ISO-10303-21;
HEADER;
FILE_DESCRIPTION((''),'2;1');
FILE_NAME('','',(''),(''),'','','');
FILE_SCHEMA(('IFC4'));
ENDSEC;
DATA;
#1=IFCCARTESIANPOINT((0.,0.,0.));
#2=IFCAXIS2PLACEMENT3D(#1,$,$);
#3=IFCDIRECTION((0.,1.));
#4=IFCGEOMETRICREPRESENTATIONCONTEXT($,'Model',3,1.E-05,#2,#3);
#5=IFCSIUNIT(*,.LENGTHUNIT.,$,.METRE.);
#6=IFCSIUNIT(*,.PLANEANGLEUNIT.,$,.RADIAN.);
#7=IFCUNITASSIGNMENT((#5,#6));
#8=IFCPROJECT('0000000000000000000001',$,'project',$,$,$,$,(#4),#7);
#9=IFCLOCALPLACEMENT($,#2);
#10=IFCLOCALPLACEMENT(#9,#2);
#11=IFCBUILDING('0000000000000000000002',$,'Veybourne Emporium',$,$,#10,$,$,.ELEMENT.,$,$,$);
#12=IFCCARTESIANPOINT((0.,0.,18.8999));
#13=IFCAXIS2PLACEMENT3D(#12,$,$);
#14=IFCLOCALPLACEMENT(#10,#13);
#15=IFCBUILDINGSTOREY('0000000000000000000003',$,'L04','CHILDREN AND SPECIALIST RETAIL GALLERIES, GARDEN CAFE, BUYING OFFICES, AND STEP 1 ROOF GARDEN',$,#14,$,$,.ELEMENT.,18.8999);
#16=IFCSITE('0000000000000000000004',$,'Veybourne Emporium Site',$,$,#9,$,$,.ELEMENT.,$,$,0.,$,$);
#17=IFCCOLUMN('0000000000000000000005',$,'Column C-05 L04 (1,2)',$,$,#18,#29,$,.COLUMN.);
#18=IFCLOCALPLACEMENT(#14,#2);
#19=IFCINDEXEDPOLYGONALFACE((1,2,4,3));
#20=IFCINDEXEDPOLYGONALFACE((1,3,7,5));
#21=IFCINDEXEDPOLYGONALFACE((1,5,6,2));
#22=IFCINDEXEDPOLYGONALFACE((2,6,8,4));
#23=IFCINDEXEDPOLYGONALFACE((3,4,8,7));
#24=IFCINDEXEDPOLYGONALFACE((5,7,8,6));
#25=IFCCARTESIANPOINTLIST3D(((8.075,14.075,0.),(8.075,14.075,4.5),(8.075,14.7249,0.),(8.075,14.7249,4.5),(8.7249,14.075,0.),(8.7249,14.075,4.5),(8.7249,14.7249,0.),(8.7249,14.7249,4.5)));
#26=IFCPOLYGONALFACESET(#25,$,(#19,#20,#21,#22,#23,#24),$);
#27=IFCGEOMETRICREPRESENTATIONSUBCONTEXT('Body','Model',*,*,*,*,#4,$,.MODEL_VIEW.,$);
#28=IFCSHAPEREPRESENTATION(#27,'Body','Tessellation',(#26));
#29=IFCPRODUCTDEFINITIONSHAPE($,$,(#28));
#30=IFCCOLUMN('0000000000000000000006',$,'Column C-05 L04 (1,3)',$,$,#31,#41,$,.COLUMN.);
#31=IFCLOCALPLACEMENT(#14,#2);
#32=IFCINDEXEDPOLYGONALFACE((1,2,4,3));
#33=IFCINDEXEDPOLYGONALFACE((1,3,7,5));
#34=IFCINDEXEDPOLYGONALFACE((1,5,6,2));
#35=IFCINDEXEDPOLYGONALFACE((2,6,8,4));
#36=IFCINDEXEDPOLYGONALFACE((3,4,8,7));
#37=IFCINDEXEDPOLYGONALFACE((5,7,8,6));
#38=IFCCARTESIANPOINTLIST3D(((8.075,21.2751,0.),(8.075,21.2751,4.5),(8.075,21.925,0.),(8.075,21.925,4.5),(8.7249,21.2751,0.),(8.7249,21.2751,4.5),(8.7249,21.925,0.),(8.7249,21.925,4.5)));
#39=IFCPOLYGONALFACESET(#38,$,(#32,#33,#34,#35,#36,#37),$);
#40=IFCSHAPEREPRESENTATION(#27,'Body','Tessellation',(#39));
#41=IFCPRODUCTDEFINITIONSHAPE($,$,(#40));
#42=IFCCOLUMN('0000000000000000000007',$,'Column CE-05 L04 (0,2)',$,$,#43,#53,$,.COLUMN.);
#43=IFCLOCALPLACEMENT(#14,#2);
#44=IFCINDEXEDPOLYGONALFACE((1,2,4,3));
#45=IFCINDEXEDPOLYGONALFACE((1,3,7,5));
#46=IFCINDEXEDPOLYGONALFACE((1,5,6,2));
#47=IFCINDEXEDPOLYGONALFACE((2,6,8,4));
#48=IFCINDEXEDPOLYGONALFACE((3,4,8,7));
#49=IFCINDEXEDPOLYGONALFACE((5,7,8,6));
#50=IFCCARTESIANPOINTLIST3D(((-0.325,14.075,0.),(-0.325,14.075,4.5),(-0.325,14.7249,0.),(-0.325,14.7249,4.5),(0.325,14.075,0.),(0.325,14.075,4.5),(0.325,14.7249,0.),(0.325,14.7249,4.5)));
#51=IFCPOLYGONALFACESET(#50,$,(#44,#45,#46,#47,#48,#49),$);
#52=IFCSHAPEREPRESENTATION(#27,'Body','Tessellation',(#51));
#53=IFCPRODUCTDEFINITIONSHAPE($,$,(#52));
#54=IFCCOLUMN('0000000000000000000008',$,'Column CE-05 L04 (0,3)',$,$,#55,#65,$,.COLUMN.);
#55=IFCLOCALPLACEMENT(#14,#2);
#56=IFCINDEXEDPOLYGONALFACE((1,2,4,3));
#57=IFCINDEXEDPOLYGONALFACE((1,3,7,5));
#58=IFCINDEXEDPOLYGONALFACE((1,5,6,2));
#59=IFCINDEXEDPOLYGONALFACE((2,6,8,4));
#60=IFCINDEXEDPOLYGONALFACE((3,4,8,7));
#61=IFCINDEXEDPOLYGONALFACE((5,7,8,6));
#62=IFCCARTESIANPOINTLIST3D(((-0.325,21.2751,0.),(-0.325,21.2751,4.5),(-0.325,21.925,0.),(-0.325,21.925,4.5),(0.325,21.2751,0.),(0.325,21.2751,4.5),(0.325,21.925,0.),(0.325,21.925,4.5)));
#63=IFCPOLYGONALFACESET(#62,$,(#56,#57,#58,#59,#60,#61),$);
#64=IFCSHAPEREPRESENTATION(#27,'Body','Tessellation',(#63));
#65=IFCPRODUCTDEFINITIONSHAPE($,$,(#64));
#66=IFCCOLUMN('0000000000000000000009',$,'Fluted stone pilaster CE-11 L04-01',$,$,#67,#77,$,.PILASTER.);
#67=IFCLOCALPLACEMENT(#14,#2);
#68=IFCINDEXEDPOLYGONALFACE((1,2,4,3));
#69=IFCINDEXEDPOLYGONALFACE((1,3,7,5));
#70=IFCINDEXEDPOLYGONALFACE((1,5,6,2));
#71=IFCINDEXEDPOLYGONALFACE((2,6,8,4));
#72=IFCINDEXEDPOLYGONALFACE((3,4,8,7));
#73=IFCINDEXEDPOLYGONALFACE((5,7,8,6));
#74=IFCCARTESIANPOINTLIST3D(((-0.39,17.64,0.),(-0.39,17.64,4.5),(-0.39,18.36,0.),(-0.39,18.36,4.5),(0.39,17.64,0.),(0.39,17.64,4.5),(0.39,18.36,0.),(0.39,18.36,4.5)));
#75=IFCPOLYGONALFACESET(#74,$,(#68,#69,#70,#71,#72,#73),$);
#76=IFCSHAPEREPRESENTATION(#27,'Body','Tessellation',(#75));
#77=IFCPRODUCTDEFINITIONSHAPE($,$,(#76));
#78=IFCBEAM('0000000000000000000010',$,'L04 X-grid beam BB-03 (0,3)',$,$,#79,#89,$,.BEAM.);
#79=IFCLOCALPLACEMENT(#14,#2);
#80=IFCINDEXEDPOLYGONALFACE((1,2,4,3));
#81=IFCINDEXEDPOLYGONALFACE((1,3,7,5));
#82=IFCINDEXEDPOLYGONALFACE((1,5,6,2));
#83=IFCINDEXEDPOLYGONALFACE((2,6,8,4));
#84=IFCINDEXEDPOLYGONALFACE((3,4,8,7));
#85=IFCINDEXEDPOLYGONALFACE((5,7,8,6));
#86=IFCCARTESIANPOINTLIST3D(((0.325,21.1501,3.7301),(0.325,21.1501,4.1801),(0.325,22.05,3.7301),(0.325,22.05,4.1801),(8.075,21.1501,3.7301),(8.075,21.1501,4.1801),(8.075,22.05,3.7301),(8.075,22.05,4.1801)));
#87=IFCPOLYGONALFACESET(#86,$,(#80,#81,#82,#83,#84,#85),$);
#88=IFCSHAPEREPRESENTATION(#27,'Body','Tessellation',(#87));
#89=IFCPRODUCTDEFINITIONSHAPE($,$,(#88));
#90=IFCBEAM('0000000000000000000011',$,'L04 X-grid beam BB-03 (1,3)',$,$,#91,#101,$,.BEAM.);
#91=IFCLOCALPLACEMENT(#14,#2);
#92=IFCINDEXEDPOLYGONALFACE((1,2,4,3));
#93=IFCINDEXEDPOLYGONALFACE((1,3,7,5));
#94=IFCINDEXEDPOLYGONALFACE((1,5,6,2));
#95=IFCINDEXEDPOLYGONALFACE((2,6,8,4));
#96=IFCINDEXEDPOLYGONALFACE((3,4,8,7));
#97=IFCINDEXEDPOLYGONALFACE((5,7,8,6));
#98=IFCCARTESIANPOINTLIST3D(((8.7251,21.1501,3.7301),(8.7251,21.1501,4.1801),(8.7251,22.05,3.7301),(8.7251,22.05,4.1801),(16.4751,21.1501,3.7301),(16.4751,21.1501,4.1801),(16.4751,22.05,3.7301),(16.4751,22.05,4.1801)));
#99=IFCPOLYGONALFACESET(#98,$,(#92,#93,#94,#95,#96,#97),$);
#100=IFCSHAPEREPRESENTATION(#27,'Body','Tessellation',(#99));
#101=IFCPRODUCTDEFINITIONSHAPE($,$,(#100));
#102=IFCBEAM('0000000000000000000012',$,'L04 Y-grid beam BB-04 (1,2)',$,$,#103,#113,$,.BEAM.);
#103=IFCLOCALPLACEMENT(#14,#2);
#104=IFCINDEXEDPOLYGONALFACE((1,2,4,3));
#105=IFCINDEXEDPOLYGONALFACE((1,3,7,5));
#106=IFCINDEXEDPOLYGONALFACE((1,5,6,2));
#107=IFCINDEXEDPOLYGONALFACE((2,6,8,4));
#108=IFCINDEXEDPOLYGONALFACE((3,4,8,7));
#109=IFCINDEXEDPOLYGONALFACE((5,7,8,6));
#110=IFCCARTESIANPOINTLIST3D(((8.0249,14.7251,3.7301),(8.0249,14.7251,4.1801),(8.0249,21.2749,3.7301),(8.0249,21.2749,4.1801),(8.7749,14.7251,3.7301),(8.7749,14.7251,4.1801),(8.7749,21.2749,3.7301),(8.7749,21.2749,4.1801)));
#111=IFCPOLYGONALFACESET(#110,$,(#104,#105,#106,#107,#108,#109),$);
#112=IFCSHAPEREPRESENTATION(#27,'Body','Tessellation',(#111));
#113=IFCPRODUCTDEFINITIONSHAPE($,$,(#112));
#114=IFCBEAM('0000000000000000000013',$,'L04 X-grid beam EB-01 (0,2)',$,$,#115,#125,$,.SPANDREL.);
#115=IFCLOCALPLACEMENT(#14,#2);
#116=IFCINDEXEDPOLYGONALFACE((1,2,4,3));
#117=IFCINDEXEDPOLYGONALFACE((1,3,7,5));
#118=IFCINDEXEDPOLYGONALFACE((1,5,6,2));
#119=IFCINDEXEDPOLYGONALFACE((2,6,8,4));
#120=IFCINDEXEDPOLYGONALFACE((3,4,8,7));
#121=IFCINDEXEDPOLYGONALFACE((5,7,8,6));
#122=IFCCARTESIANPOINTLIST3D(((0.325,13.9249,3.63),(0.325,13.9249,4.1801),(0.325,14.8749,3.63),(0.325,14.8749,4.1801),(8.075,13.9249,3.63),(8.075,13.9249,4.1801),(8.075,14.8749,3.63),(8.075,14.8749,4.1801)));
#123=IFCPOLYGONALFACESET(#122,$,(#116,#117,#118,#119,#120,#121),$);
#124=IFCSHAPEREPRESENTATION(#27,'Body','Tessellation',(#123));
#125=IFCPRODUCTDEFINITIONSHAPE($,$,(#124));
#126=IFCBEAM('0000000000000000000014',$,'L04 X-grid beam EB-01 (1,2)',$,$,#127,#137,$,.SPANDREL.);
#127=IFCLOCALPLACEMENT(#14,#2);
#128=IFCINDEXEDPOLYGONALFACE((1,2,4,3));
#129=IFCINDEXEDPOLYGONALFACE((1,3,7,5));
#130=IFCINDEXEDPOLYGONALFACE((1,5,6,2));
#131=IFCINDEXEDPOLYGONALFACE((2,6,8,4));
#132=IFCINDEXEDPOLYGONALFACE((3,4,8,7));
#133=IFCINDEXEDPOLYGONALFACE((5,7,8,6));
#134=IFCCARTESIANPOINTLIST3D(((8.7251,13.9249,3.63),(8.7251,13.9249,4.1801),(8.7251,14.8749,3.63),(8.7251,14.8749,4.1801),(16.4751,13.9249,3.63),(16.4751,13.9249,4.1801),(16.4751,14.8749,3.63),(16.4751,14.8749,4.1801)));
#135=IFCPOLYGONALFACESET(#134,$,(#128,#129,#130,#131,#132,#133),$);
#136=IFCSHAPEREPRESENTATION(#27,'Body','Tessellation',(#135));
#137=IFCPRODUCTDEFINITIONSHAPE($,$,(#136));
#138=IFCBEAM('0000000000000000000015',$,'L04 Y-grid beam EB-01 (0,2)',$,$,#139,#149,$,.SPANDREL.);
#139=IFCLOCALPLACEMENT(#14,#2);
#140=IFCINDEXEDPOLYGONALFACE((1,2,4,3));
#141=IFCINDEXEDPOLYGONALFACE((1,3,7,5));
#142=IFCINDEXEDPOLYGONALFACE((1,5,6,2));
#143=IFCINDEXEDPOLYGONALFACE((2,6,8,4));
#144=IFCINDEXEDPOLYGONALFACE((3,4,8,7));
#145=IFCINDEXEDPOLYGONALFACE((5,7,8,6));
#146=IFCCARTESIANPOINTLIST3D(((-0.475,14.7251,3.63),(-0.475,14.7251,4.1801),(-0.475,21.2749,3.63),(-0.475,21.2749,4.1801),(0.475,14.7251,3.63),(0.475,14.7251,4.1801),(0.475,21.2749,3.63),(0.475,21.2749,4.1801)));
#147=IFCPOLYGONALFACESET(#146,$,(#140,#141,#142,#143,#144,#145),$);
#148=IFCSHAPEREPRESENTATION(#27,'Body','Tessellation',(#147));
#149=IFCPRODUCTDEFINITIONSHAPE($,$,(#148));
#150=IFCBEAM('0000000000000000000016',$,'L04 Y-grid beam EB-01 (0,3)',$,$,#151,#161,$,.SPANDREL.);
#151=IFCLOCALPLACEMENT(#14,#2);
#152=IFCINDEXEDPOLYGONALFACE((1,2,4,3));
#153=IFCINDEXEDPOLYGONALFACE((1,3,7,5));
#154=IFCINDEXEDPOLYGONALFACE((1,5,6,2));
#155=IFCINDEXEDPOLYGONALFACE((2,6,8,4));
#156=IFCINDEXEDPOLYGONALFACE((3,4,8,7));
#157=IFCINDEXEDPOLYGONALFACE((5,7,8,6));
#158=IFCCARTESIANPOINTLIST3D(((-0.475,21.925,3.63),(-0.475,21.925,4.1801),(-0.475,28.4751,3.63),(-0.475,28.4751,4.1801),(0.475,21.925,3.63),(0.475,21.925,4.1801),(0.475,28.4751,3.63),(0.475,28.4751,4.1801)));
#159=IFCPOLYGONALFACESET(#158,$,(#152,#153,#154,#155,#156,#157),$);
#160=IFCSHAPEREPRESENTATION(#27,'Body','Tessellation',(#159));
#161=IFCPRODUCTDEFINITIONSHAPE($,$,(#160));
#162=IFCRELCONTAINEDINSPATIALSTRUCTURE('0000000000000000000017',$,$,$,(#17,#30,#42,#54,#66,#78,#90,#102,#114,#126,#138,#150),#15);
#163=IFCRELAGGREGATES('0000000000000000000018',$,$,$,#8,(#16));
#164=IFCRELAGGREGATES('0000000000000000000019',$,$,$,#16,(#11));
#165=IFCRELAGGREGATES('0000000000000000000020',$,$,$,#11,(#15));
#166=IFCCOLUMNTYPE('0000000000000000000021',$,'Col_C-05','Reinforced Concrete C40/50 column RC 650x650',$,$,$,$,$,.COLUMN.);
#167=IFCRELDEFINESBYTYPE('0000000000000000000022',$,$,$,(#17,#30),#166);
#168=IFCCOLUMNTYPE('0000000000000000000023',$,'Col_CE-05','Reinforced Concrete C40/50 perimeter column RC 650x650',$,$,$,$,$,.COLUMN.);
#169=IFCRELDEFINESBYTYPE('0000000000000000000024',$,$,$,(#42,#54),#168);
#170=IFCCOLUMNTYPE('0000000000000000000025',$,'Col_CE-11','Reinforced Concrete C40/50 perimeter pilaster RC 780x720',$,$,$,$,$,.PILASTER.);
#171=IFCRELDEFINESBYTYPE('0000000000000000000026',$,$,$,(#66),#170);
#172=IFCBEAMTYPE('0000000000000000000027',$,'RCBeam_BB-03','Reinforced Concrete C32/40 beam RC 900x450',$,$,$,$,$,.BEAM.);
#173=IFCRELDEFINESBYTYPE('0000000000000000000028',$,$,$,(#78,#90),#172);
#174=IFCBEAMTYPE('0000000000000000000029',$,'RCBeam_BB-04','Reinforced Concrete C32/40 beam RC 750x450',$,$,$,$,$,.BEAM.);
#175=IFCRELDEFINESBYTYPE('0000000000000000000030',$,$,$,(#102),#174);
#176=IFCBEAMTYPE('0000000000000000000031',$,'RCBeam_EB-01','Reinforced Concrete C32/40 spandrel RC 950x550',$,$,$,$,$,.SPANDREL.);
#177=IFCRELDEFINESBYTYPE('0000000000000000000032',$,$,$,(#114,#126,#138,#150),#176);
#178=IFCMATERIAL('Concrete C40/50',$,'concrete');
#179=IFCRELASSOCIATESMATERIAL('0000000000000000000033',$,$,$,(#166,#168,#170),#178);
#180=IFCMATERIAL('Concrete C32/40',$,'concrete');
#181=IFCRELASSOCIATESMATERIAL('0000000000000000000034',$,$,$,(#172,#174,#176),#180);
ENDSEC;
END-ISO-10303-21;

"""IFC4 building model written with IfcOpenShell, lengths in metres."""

from ifc_helpers import new_model, si_unit, direction, frame, origin, origin_2d, place, context, subcontext, project, spatial, rectangle, extrude, material, material_profile, profile_set, type_object, element, save


model = new_model("IFC4")

# Units and contexts
model_context = context("Model", 3, precision=1e-05, world=origin(), true_north=direction((0.0, 1.0)))
body_context = subcontext(model_context, "Body", "Model", "MODEL_VIEW")
ifc_project = project(units=[si_unit("LENGTHUNIT", "METRE"), si_unit("PLANEANGLEUNIT", "RADIAN")], contexts=[model_context])

# Site, building, storey
site_placement = place(None, origin())
site = spatial("IfcSite", under=ifc_project, at=site_placement, Name="Veybourne Emporium Site", CompositionType="ELEMENT", RefElevation=0.0)
building_placement = place(site_placement, origin())
building = spatial("IfcBuilding", under=site, at=building_placement, Name="Veybourne Emporium", CompositionType="ELEMENT")
storey_placement = place(building_placement, frame((0.0, 0.0, 18.8999)))
storey = spatial("IfcBuildingStorey", under=building, at=storey_placement, Name="L04", Description="CHILDREN AND SPECIALIST RETAIL GALLERIES, GARDEN CAFE, BUYING OFFICES, AND STEP 1 ROOF GARDEN", CompositionType="ELEMENT", Elevation=18.8999)

# Columns
ifc_material_1 = material(Name="Concrete C40/50", Category="concrete")
ifc_material_profile_1 = material_profile(ifc_material_1, rectangle(XDim=0.6499, YDim=0.6499, at=origin_2d()), Name="RC 650x650")
ifc_profile_set_1 = profile_set([ifc_material_profile_1], Name="Concrete C40/50")
column_type_1 = type_object("IfcColumnType", Name="Col_C-05", Description="Reinforced Concrete C40/50 column RC 650x650", PredefinedType="COLUMN", material=ifc_profile_set_1)
for number, where, z_axis, x_axis, name in (
    (1, (8.3999, 14.3999, 0.0), (0.0, 0.0, 1.0), (1.0, 0.0, 0.0), "Column C-05 L04 (1,2)"),
    (2, (8.3999, 21.6001, 0.0), (0.0, 0.0, 1.0), (1.0, 0.0, 0.0), "Column C-05 L04 (1,3)"),
):
    element("IfcColumn", number, at=place(storey_placement, frame(where, z_axis=z_axis, x_axis=x_axis)), inside=storey, type_object=column_type_1, Name=name, PredefinedType="COLUMN", context=body_context, shape_type="SweptSolid", body=[
        extrude(rectangle(XDim=0.6499, YDim=0.6499, at=origin_2d()), origin(), (0.0, 0.0, 1.0), 4.5),
    ])
ifc_material_profile_2 = material_profile(ifc_material_1, rectangle(XDim=0.6499, YDim=0.6499, at=origin_2d()), Name="RC 650x650")
ifc_profile_set_2 = profile_set([ifc_material_profile_2], Name="Concrete C40/50")
column_type_2 = type_object("IfcColumnType", Name="Col_CE-05", Description="Reinforced Concrete C40/50 perimeter column RC 650x650", PredefinedType="COLUMN", material=ifc_profile_set_2)
for number, where, z_axis, x_axis, name in (
    (3, (0.0, 14.3999, 0.0), (0.0, 0.0, 1.0), (1.0, 0.0, 0.0), "Column CE-05 L04 (0,2)"),
    (4, (0.0, 21.6001, 0.0), (0.0, 0.0, 1.0), (1.0, 0.0, 0.0), "Column CE-05 L04 (0,3)"),
):
    element("IfcColumn", number, at=place(storey_placement, frame(where, z_axis=z_axis, x_axis=x_axis)), inside=storey, type_object=column_type_2, Name=name, PredefinedType="COLUMN", context=body_context, shape_type="SweptSolid", body=[
        extrude(rectangle(XDim=0.6499, YDim=0.6499, at=origin_2d()), origin(), (0.0, 0.0, 1.0), 4.5),
    ])
ifc_material_profile_3 = material_profile(ifc_material_1, rectangle(XDim=0.78, YDim=0.72, at=origin_2d()), Name="RC 780x720")
ifc_profile_set_3 = profile_set([ifc_material_profile_3], Name="Concrete C40/50")
column_type_3 = type_object("IfcColumnType", Name="Col_CE-11", Description="Reinforced Concrete C40/50 perimeter pilaster RC 780x720", PredefinedType="PILASTER", material=ifc_profile_set_3)
column_placement = place(storey_placement, frame((0.0, 18.0, 0.0), z_axis=(0.0, 0.0, 1.0), x_axis=(1.0, 0.0, 0.0)))
element("IfcColumn", 5, at=column_placement, inside=storey, type_object=column_type_3, Name="Fluted stone pilaster CE-11 L04-01", PredefinedType="PILASTER", context=body_context, shape_type="SweptSolid", body=[
    extrude(rectangle(XDim=0.78, YDim=0.72, at=origin_2d()), origin(), (0.0, 0.0, 1.0), 4.5),
])

# Beams
ifc_material_2 = material(Name="Concrete C32/40", Category="concrete")
ifc_material_profile_4 = material_profile(ifc_material_2, rectangle(XDim=0.8999, YDim=0.45, at=origin_2d()), Name="RC 900x450")
ifc_profile_set_4 = profile_set([ifc_material_profile_4], Name="Concrete C32/40")
beam_type_1 = type_object("IfcBeamType", Name="RCBeam_BB-03", Description="Reinforced Concrete C32/40 beam RC 900x450", PredefinedType="BEAM", material=ifc_profile_set_4)
for number, where, z_axis, x_axis, name in (
    (6, (0.325, 21.6001, 3.9551), (1.0, 0.0, 0.0), (0.0, 1.0, 0.0), "L04 X-grid beam BB-03 (0,3)"),
    (7, (8.7251, 21.6001, 3.9551), (1.0, 0.0, 0.0), (0.0, 1.0, 0.0), "L04 X-grid beam BB-03 (1,3)"),
):
    element("IfcBeam", number, at=place(storey_placement, frame(where, z_axis=z_axis, x_axis=x_axis)), inside=storey, type_object=beam_type_1, Name=name, PredefinedType="BEAM", context=body_context, shape_type="SweptSolid", body=[
        extrude(rectangle(XDim=0.8999, YDim=0.45, at=origin_2d()), origin(), (0.0, 0.0, 1.0), 7.75),
    ])
ifc_material_profile_5 = material_profile(ifc_material_2, rectangle(XDim=0.75, YDim=0.45, at=origin_2d()), Name="RC 750x450")
ifc_profile_set_5 = profile_set([ifc_material_profile_5], Name="Concrete C32/40")
beam_type_2 = type_object("IfcBeamType", Name="RCBeam_BB-04", Description="Reinforced Concrete C32/40 beam RC 750x450", PredefinedType="BEAM", material=ifc_profile_set_5)
beam_1_placement = place(storey_placement, frame((8.3999, 14.7251, 3.9551), z_axis=(0.0, 1.0, 0.0), x_axis=(-1.0, 0.0, 0.0)))
element("IfcBeam", 8, at=beam_1_placement, inside=storey, type_object=beam_type_2, Name="L04 Y-grid beam BB-04 (1,2)", PredefinedType="BEAM", context=body_context, shape_type="SweptSolid", body=[
    extrude(rectangle(XDim=0.75, YDim=0.45, at=origin_2d()), origin(), (0.0, 0.0, 1.0), 6.5498),
])
ifc_material_profile_6 = material_profile(ifc_material_2, rectangle(XDim=0.95, YDim=0.55, at=origin_2d()), Name="RC 950x550")
ifc_profile_set_6 = profile_set([ifc_material_profile_6], Name="Concrete C32/40")
beam_type_3 = type_object("IfcBeamType", Name="RCBeam_EB-01", Description="Reinforced Concrete C32/40 spandrel RC 950x550", PredefinedType="SPANDREL", material=ifc_profile_set_6)
for number, where, z_axis, x_axis, name in (
    (9, (0.325, 14.3999, 3.905), (1.0, 0.0, 0.0), (0.0, 1.0, 0.0), "L04 X-grid beam EB-01 (0,2)"),
    (10, (8.7251, 14.3999, 3.905), (1.0, 0.0, 0.0), (0.0, 1.0, 0.0), "L04 X-grid beam EB-01 (1,2)"),
):
    element("IfcBeam", number, at=place(storey_placement, frame(where, z_axis=z_axis, x_axis=x_axis)), inside=storey, type_object=beam_type_3, Name=name, PredefinedType="SPANDREL", context=body_context, shape_type="SweptSolid", body=[
        extrude(rectangle(XDim=0.95, YDim=0.55, at=origin_2d()), origin(), (0.0, 0.0, 1.0), 7.75),
    ])
beam_2_placement = place(storey_placement, frame((0.0, 14.7251, 3.905), z_axis=(0.0, 1.0, 0.0), x_axis=(-1.0, 0.0, 0.0)))
element("IfcBeam", 11, at=beam_2_placement, inside=storey, type_object=beam_type_3, Name="L04 Y-grid beam EB-01 (0,2)", PredefinedType="SPANDREL", context=body_context, shape_type="SweptSolid", body=[
    extrude(rectangle(XDim=0.95, YDim=0.55, at=origin_2d()), origin(), (0.0, 0.0, 1.0), 6.5498),
])
beam_3_placement = place(storey_placement, frame((0.0, 21.925, 3.905), z_axis=(0.0, 1.0, 0.0), x_axis=(-1.0, 0.0, 0.0)))
element("IfcBeam", 12, at=beam_3_placement, inside=storey, type_object=beam_type_3, Name="L04 Y-grid beam EB-01 (0,3)", PredefinedType="SPANDREL", context=body_context, shape_type="SweptSolid", body=[
    extrude(rectangle(XDim=0.95, YDim=0.55, at=origin_2d()), origin(), (0.0, 0.0, 1.0), 6.55),
])

save(model, "model.ifc")
